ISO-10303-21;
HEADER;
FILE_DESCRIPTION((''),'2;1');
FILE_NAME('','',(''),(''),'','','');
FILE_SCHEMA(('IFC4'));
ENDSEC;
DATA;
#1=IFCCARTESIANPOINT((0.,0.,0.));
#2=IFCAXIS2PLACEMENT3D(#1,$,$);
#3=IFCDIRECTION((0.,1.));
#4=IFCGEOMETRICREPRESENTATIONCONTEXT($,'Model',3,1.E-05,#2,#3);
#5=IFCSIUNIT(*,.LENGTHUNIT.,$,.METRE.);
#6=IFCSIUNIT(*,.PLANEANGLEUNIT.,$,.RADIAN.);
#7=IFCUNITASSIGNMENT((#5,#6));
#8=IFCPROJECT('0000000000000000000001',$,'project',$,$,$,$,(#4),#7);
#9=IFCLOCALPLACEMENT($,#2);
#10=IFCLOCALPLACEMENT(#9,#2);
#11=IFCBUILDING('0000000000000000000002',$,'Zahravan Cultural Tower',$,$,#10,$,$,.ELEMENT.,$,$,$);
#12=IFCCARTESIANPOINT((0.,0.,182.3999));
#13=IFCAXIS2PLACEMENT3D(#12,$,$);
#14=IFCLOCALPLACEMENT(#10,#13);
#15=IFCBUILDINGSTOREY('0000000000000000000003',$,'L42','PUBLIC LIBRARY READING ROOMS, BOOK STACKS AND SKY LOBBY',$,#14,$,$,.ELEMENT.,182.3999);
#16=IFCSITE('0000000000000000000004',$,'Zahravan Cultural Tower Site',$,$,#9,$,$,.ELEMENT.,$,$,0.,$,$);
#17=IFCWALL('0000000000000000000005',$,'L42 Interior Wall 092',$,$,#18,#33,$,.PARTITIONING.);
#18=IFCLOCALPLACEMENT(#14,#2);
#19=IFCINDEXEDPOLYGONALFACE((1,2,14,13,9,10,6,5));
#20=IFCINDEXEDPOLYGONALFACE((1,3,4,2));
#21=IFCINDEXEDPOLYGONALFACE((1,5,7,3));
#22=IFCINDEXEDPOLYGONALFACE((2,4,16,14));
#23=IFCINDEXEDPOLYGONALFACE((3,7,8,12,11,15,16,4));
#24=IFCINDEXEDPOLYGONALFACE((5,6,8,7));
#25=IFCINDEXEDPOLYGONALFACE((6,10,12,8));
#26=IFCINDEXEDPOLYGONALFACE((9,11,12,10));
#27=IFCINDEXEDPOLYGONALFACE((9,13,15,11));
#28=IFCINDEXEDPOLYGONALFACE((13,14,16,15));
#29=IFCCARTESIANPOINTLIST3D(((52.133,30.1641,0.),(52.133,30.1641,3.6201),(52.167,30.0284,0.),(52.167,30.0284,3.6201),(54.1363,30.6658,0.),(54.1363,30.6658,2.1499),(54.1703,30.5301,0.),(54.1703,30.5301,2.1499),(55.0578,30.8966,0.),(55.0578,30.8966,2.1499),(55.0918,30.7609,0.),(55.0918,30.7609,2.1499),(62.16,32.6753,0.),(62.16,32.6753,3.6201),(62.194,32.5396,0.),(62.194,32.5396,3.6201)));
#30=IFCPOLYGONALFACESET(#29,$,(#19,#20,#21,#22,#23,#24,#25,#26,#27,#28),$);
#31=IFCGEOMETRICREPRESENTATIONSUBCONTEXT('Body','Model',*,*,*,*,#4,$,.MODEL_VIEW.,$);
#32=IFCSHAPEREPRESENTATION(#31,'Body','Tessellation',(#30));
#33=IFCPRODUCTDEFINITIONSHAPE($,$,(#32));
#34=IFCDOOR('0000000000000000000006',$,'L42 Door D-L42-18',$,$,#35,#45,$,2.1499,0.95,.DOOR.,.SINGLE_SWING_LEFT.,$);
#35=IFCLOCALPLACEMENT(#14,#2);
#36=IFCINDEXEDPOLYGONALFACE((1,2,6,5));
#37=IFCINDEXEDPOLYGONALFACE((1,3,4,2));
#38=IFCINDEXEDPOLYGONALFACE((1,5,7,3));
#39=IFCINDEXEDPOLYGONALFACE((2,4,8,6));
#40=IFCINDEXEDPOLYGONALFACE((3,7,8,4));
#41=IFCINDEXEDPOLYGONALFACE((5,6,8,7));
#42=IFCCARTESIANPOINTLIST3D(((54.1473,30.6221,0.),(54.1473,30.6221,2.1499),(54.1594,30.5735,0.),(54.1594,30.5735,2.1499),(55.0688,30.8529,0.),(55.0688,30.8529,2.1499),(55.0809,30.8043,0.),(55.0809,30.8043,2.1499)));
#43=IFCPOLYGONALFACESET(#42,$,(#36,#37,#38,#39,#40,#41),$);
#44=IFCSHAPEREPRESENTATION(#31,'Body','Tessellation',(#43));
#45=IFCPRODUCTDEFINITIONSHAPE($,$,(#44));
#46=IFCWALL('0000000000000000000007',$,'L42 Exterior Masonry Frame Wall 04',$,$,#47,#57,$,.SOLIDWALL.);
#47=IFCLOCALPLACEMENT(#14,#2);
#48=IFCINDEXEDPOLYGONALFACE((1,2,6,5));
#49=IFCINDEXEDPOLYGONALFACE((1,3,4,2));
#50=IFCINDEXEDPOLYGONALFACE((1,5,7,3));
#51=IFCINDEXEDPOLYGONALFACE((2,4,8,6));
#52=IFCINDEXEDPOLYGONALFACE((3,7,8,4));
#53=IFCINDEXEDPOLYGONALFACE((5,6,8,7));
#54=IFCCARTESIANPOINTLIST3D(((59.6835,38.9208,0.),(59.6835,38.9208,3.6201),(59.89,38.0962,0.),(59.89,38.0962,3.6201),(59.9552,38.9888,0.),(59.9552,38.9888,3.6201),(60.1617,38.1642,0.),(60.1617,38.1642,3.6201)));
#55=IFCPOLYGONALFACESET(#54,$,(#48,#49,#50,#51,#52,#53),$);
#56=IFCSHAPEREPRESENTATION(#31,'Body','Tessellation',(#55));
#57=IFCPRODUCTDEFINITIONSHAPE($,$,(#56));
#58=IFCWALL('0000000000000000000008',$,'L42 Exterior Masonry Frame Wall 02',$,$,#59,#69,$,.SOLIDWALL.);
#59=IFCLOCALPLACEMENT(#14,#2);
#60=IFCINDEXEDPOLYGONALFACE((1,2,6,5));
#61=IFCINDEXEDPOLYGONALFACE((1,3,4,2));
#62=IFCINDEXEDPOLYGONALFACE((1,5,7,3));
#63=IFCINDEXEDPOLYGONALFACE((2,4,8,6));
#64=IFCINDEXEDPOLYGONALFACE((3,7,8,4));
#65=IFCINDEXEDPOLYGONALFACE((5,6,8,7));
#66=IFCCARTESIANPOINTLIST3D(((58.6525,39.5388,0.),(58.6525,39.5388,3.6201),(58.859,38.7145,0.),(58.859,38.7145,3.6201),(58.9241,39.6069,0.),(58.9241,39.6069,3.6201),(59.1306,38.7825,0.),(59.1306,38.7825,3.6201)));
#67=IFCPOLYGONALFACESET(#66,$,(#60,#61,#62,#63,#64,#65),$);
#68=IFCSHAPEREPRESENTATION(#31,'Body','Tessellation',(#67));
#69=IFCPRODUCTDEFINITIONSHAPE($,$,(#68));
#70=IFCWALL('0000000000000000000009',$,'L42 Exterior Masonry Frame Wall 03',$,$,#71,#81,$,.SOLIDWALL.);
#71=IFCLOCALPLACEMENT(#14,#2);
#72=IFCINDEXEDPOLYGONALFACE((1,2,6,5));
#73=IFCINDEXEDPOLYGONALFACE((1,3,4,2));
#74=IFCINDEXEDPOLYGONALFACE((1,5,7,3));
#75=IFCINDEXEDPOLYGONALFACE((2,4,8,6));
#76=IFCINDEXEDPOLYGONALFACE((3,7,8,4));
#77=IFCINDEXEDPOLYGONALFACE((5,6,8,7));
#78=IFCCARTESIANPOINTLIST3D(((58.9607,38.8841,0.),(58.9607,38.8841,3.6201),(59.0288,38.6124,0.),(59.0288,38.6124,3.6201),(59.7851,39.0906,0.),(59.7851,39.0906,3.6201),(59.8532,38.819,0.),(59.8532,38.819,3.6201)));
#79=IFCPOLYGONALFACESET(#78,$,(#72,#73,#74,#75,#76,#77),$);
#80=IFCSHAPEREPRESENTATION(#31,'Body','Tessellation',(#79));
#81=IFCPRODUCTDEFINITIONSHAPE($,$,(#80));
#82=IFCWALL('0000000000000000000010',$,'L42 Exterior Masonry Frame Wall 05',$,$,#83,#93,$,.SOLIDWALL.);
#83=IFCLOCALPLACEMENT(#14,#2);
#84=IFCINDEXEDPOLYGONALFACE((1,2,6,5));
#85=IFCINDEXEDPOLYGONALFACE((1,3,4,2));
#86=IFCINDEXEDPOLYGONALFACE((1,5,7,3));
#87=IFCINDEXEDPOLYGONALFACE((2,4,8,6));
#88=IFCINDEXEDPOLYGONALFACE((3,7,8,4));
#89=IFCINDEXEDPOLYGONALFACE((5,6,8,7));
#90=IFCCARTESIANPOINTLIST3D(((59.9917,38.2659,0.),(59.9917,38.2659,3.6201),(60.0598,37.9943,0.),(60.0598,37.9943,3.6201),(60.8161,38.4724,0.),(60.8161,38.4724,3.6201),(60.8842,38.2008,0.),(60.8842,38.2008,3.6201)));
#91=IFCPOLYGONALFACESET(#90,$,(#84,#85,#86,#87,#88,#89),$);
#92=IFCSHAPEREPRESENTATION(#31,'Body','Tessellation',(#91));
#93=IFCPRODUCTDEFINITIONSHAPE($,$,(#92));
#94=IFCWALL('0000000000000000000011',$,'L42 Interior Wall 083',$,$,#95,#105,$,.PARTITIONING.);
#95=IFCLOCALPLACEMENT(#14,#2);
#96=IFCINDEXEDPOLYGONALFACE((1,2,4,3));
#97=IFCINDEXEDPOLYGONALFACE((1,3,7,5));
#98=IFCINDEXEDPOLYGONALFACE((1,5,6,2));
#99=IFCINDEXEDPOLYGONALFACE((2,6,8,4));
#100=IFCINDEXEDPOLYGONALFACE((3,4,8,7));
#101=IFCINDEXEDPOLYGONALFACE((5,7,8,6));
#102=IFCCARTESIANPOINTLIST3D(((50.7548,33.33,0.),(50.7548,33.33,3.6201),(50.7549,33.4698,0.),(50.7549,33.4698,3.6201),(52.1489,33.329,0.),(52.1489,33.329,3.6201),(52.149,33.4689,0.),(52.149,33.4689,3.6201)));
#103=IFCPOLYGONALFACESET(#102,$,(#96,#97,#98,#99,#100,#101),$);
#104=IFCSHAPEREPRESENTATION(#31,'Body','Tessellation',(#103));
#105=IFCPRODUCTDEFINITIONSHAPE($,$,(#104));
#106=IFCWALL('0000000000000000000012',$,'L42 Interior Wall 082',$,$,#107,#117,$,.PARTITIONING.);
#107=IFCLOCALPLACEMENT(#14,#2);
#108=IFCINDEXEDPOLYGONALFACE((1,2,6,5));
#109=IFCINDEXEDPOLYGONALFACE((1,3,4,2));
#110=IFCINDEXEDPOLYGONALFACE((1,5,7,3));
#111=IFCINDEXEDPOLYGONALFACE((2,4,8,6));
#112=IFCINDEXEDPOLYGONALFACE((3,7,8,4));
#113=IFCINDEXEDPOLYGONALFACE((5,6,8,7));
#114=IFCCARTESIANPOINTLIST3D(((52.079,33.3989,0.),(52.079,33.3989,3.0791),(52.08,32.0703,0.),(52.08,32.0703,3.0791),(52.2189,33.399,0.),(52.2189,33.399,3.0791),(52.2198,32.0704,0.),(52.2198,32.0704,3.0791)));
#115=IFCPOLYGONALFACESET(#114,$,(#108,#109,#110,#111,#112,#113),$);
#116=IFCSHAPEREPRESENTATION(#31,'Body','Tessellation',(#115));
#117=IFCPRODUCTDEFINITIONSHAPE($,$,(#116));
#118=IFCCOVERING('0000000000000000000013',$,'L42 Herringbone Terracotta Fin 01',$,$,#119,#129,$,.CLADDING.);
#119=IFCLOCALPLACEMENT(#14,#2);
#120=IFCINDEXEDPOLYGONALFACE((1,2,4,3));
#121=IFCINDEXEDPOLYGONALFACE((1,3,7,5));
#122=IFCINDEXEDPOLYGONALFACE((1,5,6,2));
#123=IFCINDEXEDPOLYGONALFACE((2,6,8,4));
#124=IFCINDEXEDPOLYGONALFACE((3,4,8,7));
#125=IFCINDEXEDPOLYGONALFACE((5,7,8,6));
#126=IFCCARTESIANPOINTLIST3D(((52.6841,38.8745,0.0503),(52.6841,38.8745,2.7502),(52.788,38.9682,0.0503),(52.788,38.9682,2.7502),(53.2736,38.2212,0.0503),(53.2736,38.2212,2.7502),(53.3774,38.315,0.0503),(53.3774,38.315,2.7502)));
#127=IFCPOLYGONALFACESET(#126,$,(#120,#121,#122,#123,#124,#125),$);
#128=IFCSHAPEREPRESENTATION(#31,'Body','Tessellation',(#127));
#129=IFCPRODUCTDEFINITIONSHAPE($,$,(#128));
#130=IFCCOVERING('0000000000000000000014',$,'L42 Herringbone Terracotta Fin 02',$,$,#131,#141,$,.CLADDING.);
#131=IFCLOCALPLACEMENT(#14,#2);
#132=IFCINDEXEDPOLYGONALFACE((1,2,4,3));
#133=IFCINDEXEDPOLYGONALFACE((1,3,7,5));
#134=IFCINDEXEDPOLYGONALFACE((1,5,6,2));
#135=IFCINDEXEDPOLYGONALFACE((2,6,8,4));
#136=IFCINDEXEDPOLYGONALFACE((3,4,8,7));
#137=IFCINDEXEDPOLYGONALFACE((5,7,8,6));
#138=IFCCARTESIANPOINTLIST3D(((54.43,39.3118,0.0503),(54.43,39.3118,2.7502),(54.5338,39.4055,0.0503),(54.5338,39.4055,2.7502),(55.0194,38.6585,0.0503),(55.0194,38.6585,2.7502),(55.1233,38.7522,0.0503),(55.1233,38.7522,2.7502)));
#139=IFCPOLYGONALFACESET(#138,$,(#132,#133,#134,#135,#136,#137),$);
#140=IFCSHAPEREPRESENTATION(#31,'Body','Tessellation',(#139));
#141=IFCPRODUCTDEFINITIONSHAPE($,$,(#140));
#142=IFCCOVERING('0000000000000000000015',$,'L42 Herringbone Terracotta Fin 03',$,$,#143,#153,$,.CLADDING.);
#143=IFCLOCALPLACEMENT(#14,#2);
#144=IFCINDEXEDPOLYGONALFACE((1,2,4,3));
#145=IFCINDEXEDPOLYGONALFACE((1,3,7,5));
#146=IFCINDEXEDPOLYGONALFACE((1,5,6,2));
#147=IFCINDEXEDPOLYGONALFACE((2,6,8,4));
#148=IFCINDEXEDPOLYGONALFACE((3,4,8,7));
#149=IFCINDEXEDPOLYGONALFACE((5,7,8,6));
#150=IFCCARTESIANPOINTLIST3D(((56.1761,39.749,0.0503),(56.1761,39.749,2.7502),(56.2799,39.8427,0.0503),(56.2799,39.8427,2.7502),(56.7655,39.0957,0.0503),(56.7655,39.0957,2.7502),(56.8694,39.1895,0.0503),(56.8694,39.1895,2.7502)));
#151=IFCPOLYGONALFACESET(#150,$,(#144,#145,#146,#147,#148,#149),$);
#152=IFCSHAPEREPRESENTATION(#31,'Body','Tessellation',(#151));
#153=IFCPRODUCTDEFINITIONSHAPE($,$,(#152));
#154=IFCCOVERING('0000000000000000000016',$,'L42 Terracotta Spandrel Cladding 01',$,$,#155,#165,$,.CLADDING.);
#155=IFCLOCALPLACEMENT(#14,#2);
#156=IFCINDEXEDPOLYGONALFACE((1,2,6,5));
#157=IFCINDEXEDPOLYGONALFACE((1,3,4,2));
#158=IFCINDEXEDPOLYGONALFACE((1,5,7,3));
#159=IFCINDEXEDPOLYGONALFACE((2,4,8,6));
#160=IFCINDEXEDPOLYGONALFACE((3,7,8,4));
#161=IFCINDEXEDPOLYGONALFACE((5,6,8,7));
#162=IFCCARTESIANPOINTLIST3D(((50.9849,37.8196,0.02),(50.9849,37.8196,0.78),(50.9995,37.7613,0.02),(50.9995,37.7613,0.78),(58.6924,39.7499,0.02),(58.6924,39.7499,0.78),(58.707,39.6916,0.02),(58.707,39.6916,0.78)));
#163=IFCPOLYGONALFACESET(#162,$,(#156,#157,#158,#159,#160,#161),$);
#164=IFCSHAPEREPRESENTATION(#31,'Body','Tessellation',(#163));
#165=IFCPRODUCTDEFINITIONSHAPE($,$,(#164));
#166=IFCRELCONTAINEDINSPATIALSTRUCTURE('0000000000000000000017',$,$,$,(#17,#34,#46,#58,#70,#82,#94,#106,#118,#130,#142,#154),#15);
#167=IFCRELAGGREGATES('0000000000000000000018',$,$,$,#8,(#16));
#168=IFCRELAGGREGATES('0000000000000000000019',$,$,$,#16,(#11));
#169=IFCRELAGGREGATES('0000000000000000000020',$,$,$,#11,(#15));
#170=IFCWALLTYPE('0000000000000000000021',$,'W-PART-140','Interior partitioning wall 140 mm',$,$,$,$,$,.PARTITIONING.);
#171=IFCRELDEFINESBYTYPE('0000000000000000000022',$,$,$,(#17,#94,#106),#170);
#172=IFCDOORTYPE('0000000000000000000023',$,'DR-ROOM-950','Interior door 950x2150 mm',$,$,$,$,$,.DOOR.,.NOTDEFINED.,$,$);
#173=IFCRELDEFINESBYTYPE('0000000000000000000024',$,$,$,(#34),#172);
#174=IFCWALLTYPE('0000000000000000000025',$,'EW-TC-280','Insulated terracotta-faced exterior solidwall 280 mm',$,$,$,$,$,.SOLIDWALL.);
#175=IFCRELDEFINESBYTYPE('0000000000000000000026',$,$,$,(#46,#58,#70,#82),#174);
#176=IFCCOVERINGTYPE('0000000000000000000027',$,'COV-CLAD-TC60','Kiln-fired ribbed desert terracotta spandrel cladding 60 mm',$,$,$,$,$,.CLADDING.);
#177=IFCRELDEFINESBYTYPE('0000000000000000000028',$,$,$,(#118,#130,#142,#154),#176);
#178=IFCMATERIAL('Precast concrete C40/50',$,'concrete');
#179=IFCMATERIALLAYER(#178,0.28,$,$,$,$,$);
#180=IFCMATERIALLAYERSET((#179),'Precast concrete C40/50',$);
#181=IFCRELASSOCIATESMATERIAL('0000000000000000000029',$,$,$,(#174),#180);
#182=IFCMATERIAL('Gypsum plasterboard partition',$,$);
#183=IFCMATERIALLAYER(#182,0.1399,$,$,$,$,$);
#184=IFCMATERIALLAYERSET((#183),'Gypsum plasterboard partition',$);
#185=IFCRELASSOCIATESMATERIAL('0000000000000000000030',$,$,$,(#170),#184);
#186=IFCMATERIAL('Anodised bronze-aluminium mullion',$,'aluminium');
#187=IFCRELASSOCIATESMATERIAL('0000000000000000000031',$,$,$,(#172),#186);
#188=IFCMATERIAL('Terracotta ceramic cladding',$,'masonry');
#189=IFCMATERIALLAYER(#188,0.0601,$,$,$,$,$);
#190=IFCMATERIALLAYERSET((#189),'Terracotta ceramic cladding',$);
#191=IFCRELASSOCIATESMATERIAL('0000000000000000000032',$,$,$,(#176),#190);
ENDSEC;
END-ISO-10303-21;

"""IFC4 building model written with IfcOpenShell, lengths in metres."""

from ifc_helpers import new_model, si_unit, direction, frame, frame_2d, origin, origin_2d, place, context, subcontext, project, spatial, rectangle, extrude, source, transform, mapped, material, layer, layer_set, type_object, element, fill, save


model = new_model("IFC4")

# Units and contexts
model_context = context("Model", 3, precision=1e-05, world=origin(), true_north=direction((0.0, 1.0)))
body_context = subcontext(model_context, "Body", "Model", "MODEL_VIEW")
ifc_project = project(units=[si_unit("LENGTHUNIT", "METRE"), si_unit("PLANEANGLEUNIT", "RADIAN")], contexts=[model_context])

# Site, building, storey
site_placement = place(None, origin())
site = spatial("IfcSite", under=ifc_project, at=site_placement, Name="Zahravan Cultural Tower Site", CompositionType="ELEMENT", RefElevation=0.0)
building_placement = place(site_placement, origin())
building = spatial("IfcBuilding", under=site, at=building_placement, Name="Zahravan Cultural Tower", CompositionType="ELEMENT")
storey_placement = place(building_placement, frame((0.0, 0.0, 182.3999)))
storey = spatial("IfcBuildingStorey", under=building, at=storey_placement, Name="L42", Description="PUBLIC LIBRARY READING ROOMS, BOOK STACKS AND SKY LOBBY", CompositionType="ELEMENT", Elevation=182.3999)

# Shared definitions
ifc_material_1 = material(Name="Anodised bronze-aluminium mullion", Category="aluminium")

# Shared definitions
ifc_material_2 = material(Name="Precast concrete C40/50", Category="concrete")
ifc_layer_1 = layer(ifc_material_2, 0.28)
ifc_layer_set_1 = layer_set([ifc_layer_1], Name="Precast concrete C40/50")
wall_type_1 = type_object("IfcWallType", Name="EW-TC-280", Description="Insulated terracotta-faced exterior solidwall 280 mm", PredefinedType="SOLIDWALL", material=ifc_layer_set_1)

# Wall, opening, door
ifc_material_3 = material(Name="Gypsum plasterboard partition")
ifc_layer_2 = layer(ifc_material_3, 0.1399)
ifc_layer_set_2 = layer_set([ifc_layer_2], Name="Gypsum plasterboard partition")
wall_type_2 = type_object("IfcWallType", Name="W-PART-140", Description="Interior partitioning wall 140 mm", PredefinedType="PARTITIONING", material=ifc_layer_set_2)
wall_1_placement = place(storey_placement, frame((52.1499, 30.0962, 0.0), z_axis=(0.0, 0.0, 1.0), x_axis=(0.970041, 0.242941, 0.0)))
wall_1 = element("IfcWall", 1, at=wall_1_placement, inside=storey, type_object=wall_type_2, Name="L42 Interior Wall 092", PredefinedType="PARTITIONING", context=body_context, shape_type="SweptSolid", body=[
    extrude(rectangle(XDim=10.3367, YDim=0.1399, at=frame_2d((5.1685, 0.0))), origin(), (0.0, 0.0, 1.0), 3.6201),
])
opening_1_placement = place(wall_1_placement, frame((2.0652, 0.0, 0.0)))
opening_1 = element("IfcOpeningElement", 2, at=opening_1_placement, cuts=wall_1, PredefinedType="OPENING", context=body_context, shape_type="SweptSolid", body=[
    extrude(rectangle(XDim=0.95, YDim=2.1499, at=frame_2d((0.4751, 1.075))), frame((0.0, 0.0798, 0.0), z_axis=(0.0, -1.0, 0.0), x_axis=(1.0, 0.0, 0.0)), (0.0, 0.0, 1.0), 0.1599),
])
door_type = type_object("IfcDoorType", Name="DR-ROOM-950", Description="Interior door 950x2150 mm", OperationType="NOTDEFINED", PredefinedType="DOOR", material=ifc_material_1)
shared_shape_1 = source(origin(), body_context, "Body", "SweptSolid", [
    extrude(rectangle(XDim=0.95, YDim=2.1499, at=frame_2d((0.4751, 1.075))), frame((0.0, 0.0249, 0.0), z_axis=(0.0, -1.0, 0.0), x_axis=(1.0, 0.0, 0.0)), (0.0, 0.0, 1.0), 0.05),
])
door_placement = place(opening_1_placement, origin())
door = element("IfcDoor", 3, at=door_placement, inside=storey, type_object=door_type, Name="L42 Door D-L42-18", OperationType="SINGLE_SWING_LEFT", OverallHeight=2.1499, OverallWidth=0.95, PredefinedType="DOOR", context=body_context, shape_type="MappedRepresentation", body=[
    mapped(shared_shape_1, transform((0.0, 0.0, 0.0), x_axis=(1.0, 0.0, 0.0), y_axis=(0.0, 1.0, 0.0), z_axis=(0.0, 0.0, 1.0), scale=1.0)),
])
fill(opening_1, door)

# Walls
shared_shape_2 = source(origin(), body_context, "Body", "SweptSolid", [
    extrude(rectangle(XDim=0.8501, YDim=0.28, at=frame_2d((0.425, 0.0))), origin(), (0.0, 0.0, 1.0), 3.6201),
])
wall_2_placement = place(storey_placement, frame((59.8193, 38.9548, 0.0), z_axis=(0.0, 0.0, 1.0), x_axis=(0.242941, -0.970041, 0.0)))
element("IfcWall", 4, at=wall_2_placement, inside=storey, type_object=wall_type_1, Name="L42 Exterior Masonry Frame Wall 04", PredefinedType="SOLIDWALL", context=body_context, shape_type="MappedRepresentation", body=[
    mapped(shared_shape_2, transform((0.0, 0.0, 0.0), x_axis=(1.0, 0.0, 0.0), y_axis=(0.0, 1.0, 0.0), z_axis=(0.0, 0.0, 1.0), scale=1.0)),
])
shared_shape_3 = source(origin(), body_context, "Body", "SweptSolid", [
    extrude(rectangle(XDim=0.8499, YDim=0.28, at=frame_2d((0.4248, 0.0))), origin(), (0.0, 0.0, 1.0), 3.6201),
])
for number, where, z_axis, x_axis, name in (
    (5, (58.7883, 39.5728, 0.0), (0.0, 0.0, 1.0), (0.243009, -0.970024, 0.0), "L42 Exterior Masonry Frame Wall 02"),
    (6, (58.9949, 38.7483, 0.0), (0.0, 0.0, 1.0), (0.970024, 0.243009, 0.0), "L42 Exterior Masonry Frame Wall 03"),
    (7, (60.0259, 38.1301, 0.0), (0.0, 0.0, 1.0), (0.970024, 0.243009, 0.0), "L42 Exterior Masonry Frame Wall 05"),
):
    element("IfcWall", number, at=place(storey_placement, frame(where, z_axis=z_axis, x_axis=x_axis)), inside=storey, type_object=wall_type_1, Name=name, PredefinedType="SOLIDWALL", context=body_context, shape_type="MappedRepresentation", body=[
        mapped(shared_shape_3, transform((0.0, 0.0, 0.0), x_axis=(1.0, 0.0, 0.0), y_axis=(0.0, 1.0, 0.0), z_axis=(0.0, 0.0, 1.0), scale=1.0)),
    ])
shared_shape_4 = source(origin(), body_context, "Body", "SweptSolid", [
    extrude(rectangle(XDim=1.394, YDim=0.1399, at=frame_2d((0.697, 0.0))), origin(), (0.0, 0.0, 1.0), 3.6201),
])
wall_3_placement = place(storey_placement, frame((52.1489, 33.3989, 0.0), z_axis=(0.0, 0.0, 1.0), x_axis=(-1.0, 0.000701, 0.0)))
element("IfcWall", 8, at=wall_3_placement, inside=storey, type_object=wall_type_2, Name="L42 Interior Wall 083", PredefinedType="PARTITIONING", context=body_context, shape_type="MappedRepresentation", body=[
    mapped(shared_shape_4, transform((0.0, 0.0, 0.0), x_axis=(1.0, 0.0, 0.0), y_axis=(0.0, 1.0, 0.0), z_axis=(0.0, 0.0, 1.0), scale=1.0)),
])
shared_shape_5 = source(origin(), body_context, "Body", "SweptSolid", [
    extrude(rectangle(XDim=1.3286, YDim=0.1399, at=frame_2d((0.6643, 0.0))), origin(), (0.0, 0.0, 1.0), 3.0791),
])
wall_4_placement = place(storey_placement, frame((52.1499, 32.0703, 0.0), z_axis=(0.0, 0.0, 1.0), x_axis=(-0.000735, 1.0, 0.0)))
element("IfcWall", 9, at=wall_4_placement, inside=storey, type_object=wall_type_2, Name="L42 Interior Wall 082", PredefinedType="PARTITIONING", context=body_context, shape_type="MappedRepresentation", body=[
    mapped(shared_shape_5, transform((0.0, 0.0, 0.0), x_axis=(1.0, 0.0, 0.0), y_axis=(0.0, 1.0, 0.0), z_axis=(0.0, 0.0, 1.0), scale=1.0)),
])

# Coverings
ifc_material_4 = material(Name="Terracotta ceramic cladding", Category="masonry")
ifc_layer_3 = layer(ifc_material_4, 0.0601)
ifc_layer_set_3 = layer_set([ifc_layer_3], Name="Terracotta ceramic cladding")
covering_type = type_object("IfcCoveringType", Name="COV-CLAD-TC60", Description="Kiln-fired ribbed desert terracotta spandrel cladding 60 mm", PredefinedType="CLADDING", material=ifc_layer_set_3)
shared_shape_6 = source(origin(), body_context, "Body", "SweptSolid", [
    extrude(rectangle(XDim=0.8799, YDim=0.1399, at=origin_2d()), origin(), (0.0, 0.0, 1.0), 2.7),
])
for number, where, z_axis, x_axis, name in (
    (10, (53.0308, 38.5947, 0.0503), (0.0, 0.0, 1.0), (-0.669908, 0.742444, 0.0), "L42 Herringbone Terracotta Fin 01"),
    (11, (54.7766, 39.032, 0.0503), (0.0, 0.0, 1.0), (-0.669908, 0.742444, 0.0), "L42 Herringbone Terracotta Fin 02"),
    (12, (56.5227, 39.4692, 0.0503), (0.0, 0.0, 1.0), (-0.669908, 0.742444, 0.0), "L42 Herringbone Terracotta Fin 03"),
):
    element("IfcCovering", number, at=place(storey_placement, frame(where, z_axis=z_axis, x_axis=x_axis)), inside=storey, type_object=covering_type, Name=name, PredefinedType="CLADDING", context=body_context, shape_type="MappedRepresentation", body=[
        mapped(shared_shape_6, transform((0.0, 0.0, 0.0), x_axis=(1.0, 0.0, 0.0), y_axis=(0.0, 1.0, 0.0), z_axis=(0.0, 0.0, 1.0), scale=1.0)),
    ])
shared_shape_7 = source(origin(), body_context, "Body", "SweptSolid", [
    extrude(rectangle(XDim=7.9456, YDim=0.0601, at=origin_2d()), origin(), (0.0, 0.0, 1.0), 0.76),
])
covering_placement = place(storey_placement, frame((54.8459, 38.7556, 0.02), z_axis=(0.0, 0.0, 1.0), x_axis=(0.970042, 0.242938, 0.0)))
element("IfcCovering", 13, at=covering_placement, inside=storey, type_object=covering_type, Name="L42 Terracotta Spandrel Cladding 01", PredefinedType="CLADDING", context=body_context, shape_type="MappedRepresentation", body=[
    mapped(shared_shape_7, transform((0.0, 0.0, 0.0), x_axis=(1.0, 0.0, 0.0), y_axis=(0.0, 1.0, 0.0), z_axis=(0.0, 0.0, 1.0), scale=1.0)),
])

save(model, "model.ifc")
